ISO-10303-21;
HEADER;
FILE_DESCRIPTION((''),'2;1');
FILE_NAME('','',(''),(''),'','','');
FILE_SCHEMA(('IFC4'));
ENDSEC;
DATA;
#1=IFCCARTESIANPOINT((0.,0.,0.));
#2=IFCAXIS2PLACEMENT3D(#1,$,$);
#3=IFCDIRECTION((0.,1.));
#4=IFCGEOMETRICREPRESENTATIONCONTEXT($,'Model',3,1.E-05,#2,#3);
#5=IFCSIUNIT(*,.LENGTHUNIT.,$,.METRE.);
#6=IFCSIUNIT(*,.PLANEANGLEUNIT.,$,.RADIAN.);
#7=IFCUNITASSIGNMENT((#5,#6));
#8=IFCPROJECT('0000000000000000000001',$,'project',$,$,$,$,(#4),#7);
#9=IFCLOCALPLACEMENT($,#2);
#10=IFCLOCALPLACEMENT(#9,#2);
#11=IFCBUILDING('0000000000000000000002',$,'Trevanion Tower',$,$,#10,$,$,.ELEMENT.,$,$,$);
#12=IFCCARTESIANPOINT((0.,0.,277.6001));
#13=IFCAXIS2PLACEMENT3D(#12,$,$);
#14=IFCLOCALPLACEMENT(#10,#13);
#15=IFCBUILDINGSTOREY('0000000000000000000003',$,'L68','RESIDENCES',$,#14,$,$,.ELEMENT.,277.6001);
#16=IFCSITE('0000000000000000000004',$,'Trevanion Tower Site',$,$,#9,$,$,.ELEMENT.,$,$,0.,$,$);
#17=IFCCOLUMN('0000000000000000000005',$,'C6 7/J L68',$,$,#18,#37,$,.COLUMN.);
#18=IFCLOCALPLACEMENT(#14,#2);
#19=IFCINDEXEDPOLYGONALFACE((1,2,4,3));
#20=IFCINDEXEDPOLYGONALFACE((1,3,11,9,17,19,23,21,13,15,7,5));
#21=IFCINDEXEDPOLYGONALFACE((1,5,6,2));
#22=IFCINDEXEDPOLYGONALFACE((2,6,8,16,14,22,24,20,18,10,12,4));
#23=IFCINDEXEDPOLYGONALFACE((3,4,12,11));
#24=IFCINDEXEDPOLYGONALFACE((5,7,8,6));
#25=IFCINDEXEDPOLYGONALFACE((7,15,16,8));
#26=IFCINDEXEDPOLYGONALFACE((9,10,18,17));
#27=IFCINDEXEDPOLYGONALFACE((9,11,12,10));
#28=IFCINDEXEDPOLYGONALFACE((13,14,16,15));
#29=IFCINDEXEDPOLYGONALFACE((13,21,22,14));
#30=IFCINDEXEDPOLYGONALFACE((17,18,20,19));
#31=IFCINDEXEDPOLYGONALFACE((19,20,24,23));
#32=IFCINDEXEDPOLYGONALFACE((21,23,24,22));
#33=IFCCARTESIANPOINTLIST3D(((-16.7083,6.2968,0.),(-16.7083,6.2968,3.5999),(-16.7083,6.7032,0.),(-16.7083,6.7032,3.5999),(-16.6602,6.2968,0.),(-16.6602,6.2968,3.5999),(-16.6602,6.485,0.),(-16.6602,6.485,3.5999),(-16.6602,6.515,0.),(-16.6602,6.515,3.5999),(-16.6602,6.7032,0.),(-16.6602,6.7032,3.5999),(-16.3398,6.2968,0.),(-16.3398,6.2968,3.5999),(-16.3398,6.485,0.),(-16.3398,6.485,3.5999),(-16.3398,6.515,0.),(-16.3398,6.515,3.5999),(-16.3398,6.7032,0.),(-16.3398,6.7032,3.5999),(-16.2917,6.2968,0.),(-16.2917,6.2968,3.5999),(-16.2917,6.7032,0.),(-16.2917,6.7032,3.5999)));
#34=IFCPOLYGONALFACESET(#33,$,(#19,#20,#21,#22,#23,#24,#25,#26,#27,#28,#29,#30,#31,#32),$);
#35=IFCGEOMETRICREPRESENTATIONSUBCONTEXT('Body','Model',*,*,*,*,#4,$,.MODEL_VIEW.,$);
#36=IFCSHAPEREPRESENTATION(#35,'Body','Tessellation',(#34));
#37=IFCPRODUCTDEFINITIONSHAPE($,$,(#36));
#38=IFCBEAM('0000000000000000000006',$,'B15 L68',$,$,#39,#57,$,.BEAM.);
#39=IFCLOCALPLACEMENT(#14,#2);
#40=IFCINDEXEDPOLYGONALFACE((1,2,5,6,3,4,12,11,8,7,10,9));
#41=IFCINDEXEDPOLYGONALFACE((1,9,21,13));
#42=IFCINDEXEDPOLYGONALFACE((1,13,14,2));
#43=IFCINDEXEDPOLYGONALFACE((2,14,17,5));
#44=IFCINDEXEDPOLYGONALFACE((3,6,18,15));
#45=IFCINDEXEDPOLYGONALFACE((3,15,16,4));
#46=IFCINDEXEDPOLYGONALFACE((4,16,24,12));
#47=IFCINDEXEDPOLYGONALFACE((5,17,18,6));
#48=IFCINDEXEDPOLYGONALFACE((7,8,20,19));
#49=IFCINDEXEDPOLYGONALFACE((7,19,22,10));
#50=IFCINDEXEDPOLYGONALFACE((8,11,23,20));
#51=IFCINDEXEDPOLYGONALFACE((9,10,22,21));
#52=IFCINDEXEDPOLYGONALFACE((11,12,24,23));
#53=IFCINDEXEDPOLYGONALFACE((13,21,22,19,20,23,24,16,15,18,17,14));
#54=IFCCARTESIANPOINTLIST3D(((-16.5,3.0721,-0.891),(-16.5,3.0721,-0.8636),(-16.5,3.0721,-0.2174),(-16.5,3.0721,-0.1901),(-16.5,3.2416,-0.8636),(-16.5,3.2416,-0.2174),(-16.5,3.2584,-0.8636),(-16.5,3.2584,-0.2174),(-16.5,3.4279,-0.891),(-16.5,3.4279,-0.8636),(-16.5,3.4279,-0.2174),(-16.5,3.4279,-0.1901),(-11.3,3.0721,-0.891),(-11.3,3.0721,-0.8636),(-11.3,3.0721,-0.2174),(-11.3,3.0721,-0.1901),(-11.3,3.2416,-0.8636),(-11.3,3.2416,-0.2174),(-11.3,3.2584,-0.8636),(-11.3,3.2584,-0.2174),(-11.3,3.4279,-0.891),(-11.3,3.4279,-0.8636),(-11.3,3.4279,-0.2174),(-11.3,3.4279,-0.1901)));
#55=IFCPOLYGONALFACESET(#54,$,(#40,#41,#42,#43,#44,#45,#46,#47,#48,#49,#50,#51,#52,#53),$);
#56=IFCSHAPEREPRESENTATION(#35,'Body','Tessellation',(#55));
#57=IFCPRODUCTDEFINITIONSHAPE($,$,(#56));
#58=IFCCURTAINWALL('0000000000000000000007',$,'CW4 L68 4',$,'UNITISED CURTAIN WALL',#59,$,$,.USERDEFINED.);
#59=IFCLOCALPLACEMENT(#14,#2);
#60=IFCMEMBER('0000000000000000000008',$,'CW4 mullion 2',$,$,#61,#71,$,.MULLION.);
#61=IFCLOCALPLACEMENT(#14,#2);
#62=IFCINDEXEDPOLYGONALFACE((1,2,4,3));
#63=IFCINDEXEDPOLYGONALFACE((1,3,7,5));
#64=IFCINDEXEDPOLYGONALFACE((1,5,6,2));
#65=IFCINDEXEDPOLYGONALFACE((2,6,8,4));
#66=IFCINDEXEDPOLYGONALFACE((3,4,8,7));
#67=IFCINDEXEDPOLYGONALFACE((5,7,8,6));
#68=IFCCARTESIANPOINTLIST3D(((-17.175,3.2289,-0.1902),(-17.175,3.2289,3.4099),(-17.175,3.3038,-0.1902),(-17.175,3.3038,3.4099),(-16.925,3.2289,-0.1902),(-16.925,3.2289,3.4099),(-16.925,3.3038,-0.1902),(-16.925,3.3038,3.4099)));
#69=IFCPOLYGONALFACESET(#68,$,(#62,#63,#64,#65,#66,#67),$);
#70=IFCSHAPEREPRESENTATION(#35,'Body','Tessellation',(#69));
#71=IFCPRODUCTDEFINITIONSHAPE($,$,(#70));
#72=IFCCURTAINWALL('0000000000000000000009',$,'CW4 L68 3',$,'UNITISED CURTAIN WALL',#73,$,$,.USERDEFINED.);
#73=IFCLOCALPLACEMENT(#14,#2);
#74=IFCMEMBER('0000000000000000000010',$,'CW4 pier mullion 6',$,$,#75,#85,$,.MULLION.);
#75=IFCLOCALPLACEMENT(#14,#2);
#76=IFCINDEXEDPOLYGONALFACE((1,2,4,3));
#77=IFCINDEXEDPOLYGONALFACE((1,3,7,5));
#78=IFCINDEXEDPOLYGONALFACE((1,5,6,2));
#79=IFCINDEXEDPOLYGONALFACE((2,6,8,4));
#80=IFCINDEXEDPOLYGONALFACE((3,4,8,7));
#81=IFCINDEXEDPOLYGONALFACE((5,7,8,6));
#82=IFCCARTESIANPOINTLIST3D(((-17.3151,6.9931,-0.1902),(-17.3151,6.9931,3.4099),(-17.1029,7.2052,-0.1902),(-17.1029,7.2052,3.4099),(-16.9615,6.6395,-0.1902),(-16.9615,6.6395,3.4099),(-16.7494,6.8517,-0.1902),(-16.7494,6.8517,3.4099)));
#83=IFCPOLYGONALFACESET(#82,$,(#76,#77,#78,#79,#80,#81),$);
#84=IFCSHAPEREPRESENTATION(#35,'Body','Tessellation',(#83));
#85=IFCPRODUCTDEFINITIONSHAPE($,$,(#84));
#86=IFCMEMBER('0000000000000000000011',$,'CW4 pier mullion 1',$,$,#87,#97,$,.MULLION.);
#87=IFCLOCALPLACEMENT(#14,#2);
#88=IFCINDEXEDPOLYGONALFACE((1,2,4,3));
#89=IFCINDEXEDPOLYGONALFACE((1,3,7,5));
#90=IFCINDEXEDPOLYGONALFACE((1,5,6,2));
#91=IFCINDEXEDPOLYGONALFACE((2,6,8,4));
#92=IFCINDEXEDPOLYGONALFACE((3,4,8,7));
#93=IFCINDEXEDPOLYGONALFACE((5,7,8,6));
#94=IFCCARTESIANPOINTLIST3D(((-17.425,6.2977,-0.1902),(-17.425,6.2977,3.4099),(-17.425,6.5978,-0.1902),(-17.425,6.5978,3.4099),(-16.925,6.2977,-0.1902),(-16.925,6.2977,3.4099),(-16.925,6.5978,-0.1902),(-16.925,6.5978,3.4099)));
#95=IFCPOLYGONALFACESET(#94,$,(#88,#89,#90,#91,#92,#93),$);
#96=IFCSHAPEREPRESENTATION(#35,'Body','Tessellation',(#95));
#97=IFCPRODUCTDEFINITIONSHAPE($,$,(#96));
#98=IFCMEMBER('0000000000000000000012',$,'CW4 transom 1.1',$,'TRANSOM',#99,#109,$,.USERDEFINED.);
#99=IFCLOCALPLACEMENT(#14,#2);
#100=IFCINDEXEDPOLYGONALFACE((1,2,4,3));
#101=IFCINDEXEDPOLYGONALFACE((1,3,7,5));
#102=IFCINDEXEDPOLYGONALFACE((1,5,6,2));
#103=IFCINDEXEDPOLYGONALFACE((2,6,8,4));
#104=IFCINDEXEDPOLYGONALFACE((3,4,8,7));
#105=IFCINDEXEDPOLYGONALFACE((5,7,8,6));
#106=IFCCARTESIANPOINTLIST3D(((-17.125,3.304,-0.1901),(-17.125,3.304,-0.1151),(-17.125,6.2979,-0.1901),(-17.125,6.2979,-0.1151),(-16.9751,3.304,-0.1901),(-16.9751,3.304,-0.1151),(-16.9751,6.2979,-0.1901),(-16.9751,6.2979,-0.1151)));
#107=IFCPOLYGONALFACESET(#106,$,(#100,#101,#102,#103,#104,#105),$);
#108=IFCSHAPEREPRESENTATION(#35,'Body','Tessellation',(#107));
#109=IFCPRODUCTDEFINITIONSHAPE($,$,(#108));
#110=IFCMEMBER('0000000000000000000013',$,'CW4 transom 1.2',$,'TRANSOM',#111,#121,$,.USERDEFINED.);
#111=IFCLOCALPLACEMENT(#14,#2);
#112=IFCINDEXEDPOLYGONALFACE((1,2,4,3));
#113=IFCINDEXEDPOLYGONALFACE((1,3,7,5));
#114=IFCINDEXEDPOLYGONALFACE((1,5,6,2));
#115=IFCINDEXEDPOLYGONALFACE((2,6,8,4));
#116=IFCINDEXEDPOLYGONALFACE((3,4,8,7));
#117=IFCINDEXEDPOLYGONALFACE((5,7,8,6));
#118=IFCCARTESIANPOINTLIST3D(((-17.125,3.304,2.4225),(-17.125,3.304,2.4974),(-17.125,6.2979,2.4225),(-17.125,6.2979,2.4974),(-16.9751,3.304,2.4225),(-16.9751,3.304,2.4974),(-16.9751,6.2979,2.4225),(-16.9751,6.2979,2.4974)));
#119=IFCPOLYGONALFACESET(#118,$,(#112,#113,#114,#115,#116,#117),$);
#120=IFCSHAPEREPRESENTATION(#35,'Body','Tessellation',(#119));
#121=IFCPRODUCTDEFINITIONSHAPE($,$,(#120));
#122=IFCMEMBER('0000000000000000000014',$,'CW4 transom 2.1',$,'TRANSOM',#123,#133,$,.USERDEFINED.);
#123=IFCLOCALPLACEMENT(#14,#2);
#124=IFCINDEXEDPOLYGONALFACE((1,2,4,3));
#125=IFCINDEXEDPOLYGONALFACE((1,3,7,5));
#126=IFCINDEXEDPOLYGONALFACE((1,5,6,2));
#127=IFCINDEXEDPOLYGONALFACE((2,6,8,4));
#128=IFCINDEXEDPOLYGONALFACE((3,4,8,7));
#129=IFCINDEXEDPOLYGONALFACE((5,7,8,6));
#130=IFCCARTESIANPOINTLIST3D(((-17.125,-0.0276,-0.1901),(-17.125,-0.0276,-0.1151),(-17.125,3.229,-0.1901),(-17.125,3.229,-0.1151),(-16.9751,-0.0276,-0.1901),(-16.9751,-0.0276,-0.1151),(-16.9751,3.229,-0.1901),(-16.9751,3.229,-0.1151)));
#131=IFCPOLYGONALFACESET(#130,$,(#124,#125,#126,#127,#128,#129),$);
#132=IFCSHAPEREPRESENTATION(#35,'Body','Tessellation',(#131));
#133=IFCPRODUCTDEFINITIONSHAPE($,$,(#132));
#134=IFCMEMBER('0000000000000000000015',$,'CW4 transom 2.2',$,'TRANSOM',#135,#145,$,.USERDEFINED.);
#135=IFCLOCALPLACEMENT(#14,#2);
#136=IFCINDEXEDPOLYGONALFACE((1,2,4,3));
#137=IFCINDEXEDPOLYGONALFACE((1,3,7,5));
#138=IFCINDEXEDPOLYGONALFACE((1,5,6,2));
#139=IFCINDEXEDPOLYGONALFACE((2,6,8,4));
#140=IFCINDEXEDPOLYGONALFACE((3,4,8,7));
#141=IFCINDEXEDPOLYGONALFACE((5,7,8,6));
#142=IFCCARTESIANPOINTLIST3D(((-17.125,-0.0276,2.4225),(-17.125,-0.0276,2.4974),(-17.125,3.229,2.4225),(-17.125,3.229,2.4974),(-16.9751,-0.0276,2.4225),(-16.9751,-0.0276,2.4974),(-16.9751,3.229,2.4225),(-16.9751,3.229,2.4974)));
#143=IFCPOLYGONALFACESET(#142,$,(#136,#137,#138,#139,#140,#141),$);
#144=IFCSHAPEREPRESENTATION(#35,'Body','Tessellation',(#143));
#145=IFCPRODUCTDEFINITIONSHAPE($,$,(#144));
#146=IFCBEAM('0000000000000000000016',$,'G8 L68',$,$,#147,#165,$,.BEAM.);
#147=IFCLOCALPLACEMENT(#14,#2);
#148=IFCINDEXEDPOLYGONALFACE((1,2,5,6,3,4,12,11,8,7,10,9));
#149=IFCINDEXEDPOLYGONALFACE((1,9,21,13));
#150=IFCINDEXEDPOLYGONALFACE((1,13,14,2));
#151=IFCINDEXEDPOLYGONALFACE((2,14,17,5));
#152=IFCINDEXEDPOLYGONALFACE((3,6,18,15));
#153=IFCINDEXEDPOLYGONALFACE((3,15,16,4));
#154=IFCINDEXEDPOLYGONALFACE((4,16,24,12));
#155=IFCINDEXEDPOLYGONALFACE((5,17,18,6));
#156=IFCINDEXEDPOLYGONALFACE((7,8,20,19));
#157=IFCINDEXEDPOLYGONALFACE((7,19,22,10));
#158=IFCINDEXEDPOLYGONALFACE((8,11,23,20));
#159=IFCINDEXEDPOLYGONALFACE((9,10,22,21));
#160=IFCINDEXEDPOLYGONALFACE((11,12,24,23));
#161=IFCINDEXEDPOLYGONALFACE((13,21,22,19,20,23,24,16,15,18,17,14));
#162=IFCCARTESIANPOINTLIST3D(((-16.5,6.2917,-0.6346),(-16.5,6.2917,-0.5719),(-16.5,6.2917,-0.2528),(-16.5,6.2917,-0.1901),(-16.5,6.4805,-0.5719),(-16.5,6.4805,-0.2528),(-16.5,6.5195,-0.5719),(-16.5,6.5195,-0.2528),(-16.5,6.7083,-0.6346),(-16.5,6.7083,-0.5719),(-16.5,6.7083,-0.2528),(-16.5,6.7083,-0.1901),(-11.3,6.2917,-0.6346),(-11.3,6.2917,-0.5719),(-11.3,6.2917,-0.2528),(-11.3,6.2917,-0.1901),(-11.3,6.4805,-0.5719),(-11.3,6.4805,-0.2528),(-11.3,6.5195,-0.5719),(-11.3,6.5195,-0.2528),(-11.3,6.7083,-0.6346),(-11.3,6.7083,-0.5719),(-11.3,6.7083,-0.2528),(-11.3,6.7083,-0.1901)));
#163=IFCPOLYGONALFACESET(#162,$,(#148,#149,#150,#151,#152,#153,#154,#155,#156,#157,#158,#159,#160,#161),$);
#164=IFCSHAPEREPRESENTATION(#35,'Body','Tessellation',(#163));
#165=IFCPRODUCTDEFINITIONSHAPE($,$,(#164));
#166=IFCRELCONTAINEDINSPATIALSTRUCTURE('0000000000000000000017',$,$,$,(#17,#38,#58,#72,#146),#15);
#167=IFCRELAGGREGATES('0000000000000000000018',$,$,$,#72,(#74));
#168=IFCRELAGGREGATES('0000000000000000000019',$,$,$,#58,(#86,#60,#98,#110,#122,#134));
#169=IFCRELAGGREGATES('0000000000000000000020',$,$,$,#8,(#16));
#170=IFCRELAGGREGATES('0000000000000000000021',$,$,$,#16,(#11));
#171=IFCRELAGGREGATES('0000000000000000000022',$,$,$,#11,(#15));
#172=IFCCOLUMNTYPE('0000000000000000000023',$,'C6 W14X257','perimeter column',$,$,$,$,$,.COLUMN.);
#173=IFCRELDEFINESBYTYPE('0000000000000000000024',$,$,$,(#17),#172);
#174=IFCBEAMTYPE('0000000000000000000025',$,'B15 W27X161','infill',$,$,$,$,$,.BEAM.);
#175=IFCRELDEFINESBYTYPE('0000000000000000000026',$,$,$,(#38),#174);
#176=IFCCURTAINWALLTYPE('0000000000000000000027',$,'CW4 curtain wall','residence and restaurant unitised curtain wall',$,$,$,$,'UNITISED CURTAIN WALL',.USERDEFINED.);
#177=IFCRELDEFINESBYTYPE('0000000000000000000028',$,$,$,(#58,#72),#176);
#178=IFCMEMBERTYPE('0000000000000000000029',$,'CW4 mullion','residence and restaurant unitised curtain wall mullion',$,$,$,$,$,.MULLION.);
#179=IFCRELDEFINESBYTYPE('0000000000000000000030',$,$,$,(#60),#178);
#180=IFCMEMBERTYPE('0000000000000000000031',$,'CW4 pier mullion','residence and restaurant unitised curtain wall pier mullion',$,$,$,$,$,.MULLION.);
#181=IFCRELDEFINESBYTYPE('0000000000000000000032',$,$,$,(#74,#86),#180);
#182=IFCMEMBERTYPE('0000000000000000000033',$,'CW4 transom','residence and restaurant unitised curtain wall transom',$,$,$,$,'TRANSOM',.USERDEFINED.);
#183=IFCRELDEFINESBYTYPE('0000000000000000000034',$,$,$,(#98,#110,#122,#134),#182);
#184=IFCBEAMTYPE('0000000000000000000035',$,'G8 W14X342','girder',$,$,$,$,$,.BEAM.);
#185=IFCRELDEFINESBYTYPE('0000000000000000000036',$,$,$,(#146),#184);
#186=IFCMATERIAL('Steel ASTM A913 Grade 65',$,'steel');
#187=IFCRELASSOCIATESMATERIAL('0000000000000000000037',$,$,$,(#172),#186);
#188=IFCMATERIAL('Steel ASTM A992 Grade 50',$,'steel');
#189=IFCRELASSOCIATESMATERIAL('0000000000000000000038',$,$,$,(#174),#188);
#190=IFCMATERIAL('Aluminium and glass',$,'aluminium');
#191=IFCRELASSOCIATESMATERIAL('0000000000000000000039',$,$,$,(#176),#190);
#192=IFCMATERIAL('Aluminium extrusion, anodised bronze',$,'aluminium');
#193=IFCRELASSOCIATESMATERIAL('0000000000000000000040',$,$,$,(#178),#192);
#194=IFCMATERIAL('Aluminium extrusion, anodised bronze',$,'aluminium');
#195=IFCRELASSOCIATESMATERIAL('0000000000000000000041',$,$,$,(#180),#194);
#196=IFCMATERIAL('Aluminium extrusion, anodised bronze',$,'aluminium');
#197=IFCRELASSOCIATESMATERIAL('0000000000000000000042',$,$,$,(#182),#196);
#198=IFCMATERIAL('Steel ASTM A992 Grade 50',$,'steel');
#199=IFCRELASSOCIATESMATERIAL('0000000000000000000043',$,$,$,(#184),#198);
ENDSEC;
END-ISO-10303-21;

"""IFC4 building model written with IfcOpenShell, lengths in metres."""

from ifc_helpers import new_model, si_unit, direction, frame, origin, origin_2d, place, context, subcontext, project, spatial, rectangle, i_section, extrude, material, material_profile, profile_set, type_object, element, aggregate, save


model = new_model("IFC4")

# Units and contexts
model_context = context("Model", 3, precision=1e-05, world=origin(), true_north=direction((0.0, 1.0)))
body_context = subcontext(model_context, "Body", "Model", "MODEL_VIEW")
ifc_project = project(units=[si_unit("LENGTHUNIT", "METRE"), si_unit("PLANEANGLEUNIT", "RADIAN")], contexts=[model_context])

# Site, building, storey
site_placement = place(None, origin())
site = spatial("IfcSite", under=ifc_project, at=site_placement, Name="Trevanion Tower Site", CompositionType="ELEMENT", RefElevation=0.0)
building_placement = place(site_placement, origin())
building = spatial("IfcBuilding", under=site, at=building_placement, Name="Trevanion Tower", CompositionType="ELEMENT")
storey_placement = place(building_placement, frame((0.0, 0.0, 277.6001)))
storey = spatial("IfcBuildingStorey", under=building, at=storey_placement, Name="L68", Description="RESIDENCES", CompositionType="ELEMENT", Elevation=277.6001)

# Column
ifc_material_1 = material(Name="Steel ASTM A913 Grade 65", Category="steel")
ifc_material_profile_1 = material_profile(ifc_material_1, i_section(OverallWidth=0.4065, OverallDepth=0.4165, WebThickness=0.03, FlangeThickness=0.0481, at=origin_2d()), Name="W14X257")
ifc_profile_set_1 = profile_set([ifc_material_profile_1], Name="Steel ASTM A913 Grade 65")
column_type = type_object("IfcColumnType", Name="C6 W14X257", Description="perimeter column", PredefinedType="COLUMN", material=ifc_profile_set_1)
column_placement = place(storey_placement, frame((-16.5, 6.5, 0.0), z_axis=(0.0, 0.0, 1.0), x_axis=(0.0, 1.0, 0.0)))
element("IfcColumn", 1, at=column_placement, inside=storey, type_object=column_type, Name="C6 7/J L68", PredefinedType="COLUMN", context=body_context, shape_type="SweptSolid", body=[
    extrude(i_section(OverallWidth=0.4065, OverallDepth=0.4165, WebThickness=0.03, FlangeThickness=0.0481, at=origin_2d()), origin(), (0.0, 0.0, 1.0), 3.5999),
])

# Beam
ifc_material_2 = material(Name="Steel ASTM A992 Grade 50", Category="steel")
ifc_material_profile_2 = material_profile(ifc_material_2, i_section(OverallWidth=0.3557, OverallDepth=0.7009, WebThickness=0.0168, FlangeThickness=0.0273, at=origin_2d()), Name="W27X161")
ifc_profile_set_2 = profile_set([ifc_material_profile_2], Name="Steel ASTM A992 Grade 50")
beam_type_1 = type_object("IfcBeamType", Name="B15 W27X161", Description="infill", PredefinedType="BEAM", material=ifc_profile_set_2)
beam_1_placement = place(storey_placement, frame((-11.3, 3.25, -0.5405), z_axis=(-1.0, 0.0, 0.0), x_axis=(0.0, -1.0, 0.0)))
element("IfcBeam", 2, at=beam_1_placement, inside=storey, type_object=beam_type_1, Name="B15 L68", PredefinedType="BEAM", context=body_context, shape_type="SweptSolid", body=[
    extrude(i_section(OverallWidth=0.3557, OverallDepth=0.7009, WebThickness=0.0168, FlangeThickness=0.0273, at=origin_2d()), origin(), (0.0, 0.0, 1.0), 5.2),
])

# Curtain walls, members
ifc_material_3 = material(Name="Aluminium and glass", Category="aluminium")
curtain_wall_type = type_object("IfcCurtainWallType", Name="CW4 curtain wall", Description="residence and restaurant unitised curtain wall", ElementType="UNITISED CURTAIN WALL", PredefinedType="USERDEFINED", material=ifc_material_3)
curtain_wall_1_placement = place(storey_placement, origin())
curtain_wall_1 = element("IfcCurtainWall", 3, at=curtain_wall_1_placement, inside=storey, type_object=curtain_wall_type, Name="CW4 L68 4", ObjectType="UNITISED CURTAIN WALL", PredefinedType="USERDEFINED")
ifc_material_4 = material(Name="Aluminium extrusion, anodised bronze", Category="aluminium")
ifc_material_profile_3 = material_profile(ifc_material_4, rectangle(XDim=0.075, YDim=0.25, at=origin_2d()), Name="CW4 mullion")
ifc_profile_set_3 = profile_set([ifc_material_profile_3], Name="Aluminium extrusion, anodised bronze")
member_type_1 = type_object("IfcMemberType", Name="CW4 mullion", Description="residence and restaurant unitised curtain wall mullion", PredefinedType="MULLION", material=ifc_profile_set_3)
member_1_placement = place(storey_placement, frame((-17.05, 3.2664, -0.1902), z_axis=(0.0, 0.0, 1.0), x_axis=(0.0, -1.0, 0.0)))
member_1 = element("IfcMember", 4, at=member_1_placement, type_object=member_type_1, Name="CW4 mullion 2", PredefinedType="MULLION", context=body_context, shape_type="SweptSolid", body=[
    extrude(rectangle(XDim=0.075, YDim=0.25, at=origin_2d()), origin(), (0.0, 0.0, 1.0), 3.6001),
])
curtain_wall_2_placement = place(storey_placement, origin())
curtain_wall_2 = element("IfcCurtainWall", 5, at=curtain_wall_2_placement, inside=storey, type_object=curtain_wall_type, Name="CW4 L68 3", ObjectType="UNITISED CURTAIN WALL", PredefinedType="USERDEFINED")
ifc_material_5 = material(Name="Aluminium extrusion, anodised bronze", Category="aluminium")
ifc_material_profile_4 = material_profile(ifc_material_5, rectangle(XDim=0.3, YDim=0.5, at=origin_2d()), Name="CW4 pier mullion")
ifc_profile_set_4 = profile_set([ifc_material_profile_4], Name="Aluminium extrusion, anodised bronze")
member_type_2 = type_object("IfcMemberType", Name="CW4 pier mullion", Description="residence and restaurant unitised curtain wall pier mullion", PredefinedType="MULLION", material=ifc_profile_set_4)
member_2_placement = place(storey_placement, frame((-17.0322, 6.9224, -0.1902), z_axis=(0.0, 0.0, 1.0), x_axis=(-0.707107, -0.707107, 0.0)))
member_2 = element("IfcMember", 6, at=member_2_placement, type_object=member_type_2, Name="CW4 pier mullion 6", PredefinedType="MULLION", context=body_context, shape_type="SweptSolid", body=[
    extrude(rectangle(XDim=0.3, YDim=0.5, at=origin_2d()), origin(), (0.0, 0.0, 1.0), 3.6001),
])
aggregate(curtain_wall_2, [member_2])

# Members
member_3_placement = place(storey_placement, frame((-17.175, 6.4478, -0.1902), z_axis=(0.0, 0.0, 1.0), x_axis=(0.0, -1.0, 0.0)))
member_3 = element("IfcMember", 7, at=member_3_placement, type_object=member_type_2, Name="CW4 pier mullion 1", PredefinedType="MULLION", context=body_context, shape_type="SweptSolid", body=[
    extrude(rectangle(XDim=0.3, YDim=0.5, at=origin_2d()), origin(), (0.0, 0.0, 1.0), 3.6001),
])
ifc_material_6 = material(Name="Aluminium extrusion, anodised bronze", Category="aluminium")
ifc_material_profile_5 = material_profile(ifc_material_6, rectangle(XDim=0.1499, YDim=0.075, at=origin_2d()), Name="CW4 transom")
ifc_profile_set_5 = profile_set([ifc_material_profile_5], Name="Aluminium extrusion, anodised bronze")
member_type_3 = type_object("IfcMemberType", Name="CW4 transom", Description="residence and restaurant unitised curtain wall transom", ElementType="TRANSOM", PredefinedType="USERDEFINED", material=ifc_profile_set_5)
member_4_placement = place(storey_placement, frame((-17.05, 6.2979, -0.1526), z_axis=(0.0, -1.0, 0.0), x_axis=(1.0, 0.0, 0.0)))
member_4 = element("IfcMember", 8, at=member_4_placement, type_object=member_type_3, Name="CW4 transom 1.1", ObjectType="TRANSOM", PredefinedType="USERDEFINED", context=body_context, shape_type="SweptSolid", body=[
    extrude(rectangle(XDim=0.1499, YDim=0.075, at=origin_2d()), origin(), (0.0, 0.0, 1.0), 2.9939),
])
member_5_placement = place(storey_placement, frame((-17.05, 6.2979, 2.46), z_axis=(0.0, -1.0, 0.0), x_axis=(1.0, 0.0, 0.0)))
member_5 = element("IfcMember", 9, at=member_5_placement, type_object=member_type_3, Name="CW4 transom 1.2", ObjectType="TRANSOM", PredefinedType="USERDEFINED", context=body_context, shape_type="SweptSolid", body=[
    extrude(rectangle(XDim=0.1499, YDim=0.075, at=origin_2d()), origin(), (0.0, 0.0, 1.0), 2.9939),
])
member_6_placement = place(storey_placement, frame((-17.05, 3.229, -0.1526), z_axis=(0.0, -1.0, 0.0), x_axis=(1.0, 0.0, 0.0)))
member_6 = element("IfcMember", 10, at=member_6_placement, type_object=member_type_3, Name="CW4 transom 2.1", ObjectType="TRANSOM", PredefinedType="USERDEFINED", context=body_context, shape_type="SweptSolid", body=[
    extrude(rectangle(XDim=0.1499, YDim=0.075, at=origin_2d()), origin(), (0.0, 0.0, 1.0), 3.2566),
])
member_7_placement = place(storey_placement, frame((-17.05, 3.229, 2.46), z_axis=(0.0, -1.0, 0.0), x_axis=(1.0, 0.0, 0.0)))
member_7 = element("IfcMember", 11, at=member_7_placement, type_object=member_type_3, Name="CW4 transom 2.2", ObjectType="TRANSOM", PredefinedType="USERDEFINED", context=body_context, shape_type="SweptSolid", body=[
    extrude(rectangle(XDim=0.1499, YDim=0.075, at=origin_2d()), origin(), (0.0, 0.0, 1.0), 3.2566),
])

# Beam
ifc_material_7 = material(Name="Steel ASTM A992 Grade 50", Category="steel")
ifc_material_profile_6 = material_profile(ifc_material_7, i_section(OverallWidth=0.4165, OverallDepth=0.4446, WebThickness=0.0391, FlangeThickness=0.0627, at=origin_2d()), Name="W14X342")
ifc_profile_set_6 = profile_set([ifc_material_profile_6], Name="Steel ASTM A992 Grade 50")
beam_type_2 = type_object("IfcBeamType", Name="G8 W14X342", Description="girder", PredefinedType="BEAM", material=ifc_profile_set_6)
beam_2_placement = place(storey_placement, frame((-11.3, 6.5, -0.4124), z_axis=(-1.0, 0.0, 0.0), x_axis=(0.0, -1.0, 0.0)))
element("IfcBeam", 12, at=beam_2_placement, inside=storey, type_object=beam_type_2, Name="G8 L68", PredefinedType="BEAM", context=body_context, shape_type="SweptSolid", body=[
    extrude(i_section(OverallWidth=0.4165, OverallDepth=0.4446, WebThickness=0.0391, FlangeThickness=0.0627, at=origin_2d()), origin(), (0.0, 0.0, 1.0), 5.2),
])

aggregate(curtain_wall_1, [member_3, member_1, member_4, member_5, member_6, member_7])

save(model, "model.ifc")
